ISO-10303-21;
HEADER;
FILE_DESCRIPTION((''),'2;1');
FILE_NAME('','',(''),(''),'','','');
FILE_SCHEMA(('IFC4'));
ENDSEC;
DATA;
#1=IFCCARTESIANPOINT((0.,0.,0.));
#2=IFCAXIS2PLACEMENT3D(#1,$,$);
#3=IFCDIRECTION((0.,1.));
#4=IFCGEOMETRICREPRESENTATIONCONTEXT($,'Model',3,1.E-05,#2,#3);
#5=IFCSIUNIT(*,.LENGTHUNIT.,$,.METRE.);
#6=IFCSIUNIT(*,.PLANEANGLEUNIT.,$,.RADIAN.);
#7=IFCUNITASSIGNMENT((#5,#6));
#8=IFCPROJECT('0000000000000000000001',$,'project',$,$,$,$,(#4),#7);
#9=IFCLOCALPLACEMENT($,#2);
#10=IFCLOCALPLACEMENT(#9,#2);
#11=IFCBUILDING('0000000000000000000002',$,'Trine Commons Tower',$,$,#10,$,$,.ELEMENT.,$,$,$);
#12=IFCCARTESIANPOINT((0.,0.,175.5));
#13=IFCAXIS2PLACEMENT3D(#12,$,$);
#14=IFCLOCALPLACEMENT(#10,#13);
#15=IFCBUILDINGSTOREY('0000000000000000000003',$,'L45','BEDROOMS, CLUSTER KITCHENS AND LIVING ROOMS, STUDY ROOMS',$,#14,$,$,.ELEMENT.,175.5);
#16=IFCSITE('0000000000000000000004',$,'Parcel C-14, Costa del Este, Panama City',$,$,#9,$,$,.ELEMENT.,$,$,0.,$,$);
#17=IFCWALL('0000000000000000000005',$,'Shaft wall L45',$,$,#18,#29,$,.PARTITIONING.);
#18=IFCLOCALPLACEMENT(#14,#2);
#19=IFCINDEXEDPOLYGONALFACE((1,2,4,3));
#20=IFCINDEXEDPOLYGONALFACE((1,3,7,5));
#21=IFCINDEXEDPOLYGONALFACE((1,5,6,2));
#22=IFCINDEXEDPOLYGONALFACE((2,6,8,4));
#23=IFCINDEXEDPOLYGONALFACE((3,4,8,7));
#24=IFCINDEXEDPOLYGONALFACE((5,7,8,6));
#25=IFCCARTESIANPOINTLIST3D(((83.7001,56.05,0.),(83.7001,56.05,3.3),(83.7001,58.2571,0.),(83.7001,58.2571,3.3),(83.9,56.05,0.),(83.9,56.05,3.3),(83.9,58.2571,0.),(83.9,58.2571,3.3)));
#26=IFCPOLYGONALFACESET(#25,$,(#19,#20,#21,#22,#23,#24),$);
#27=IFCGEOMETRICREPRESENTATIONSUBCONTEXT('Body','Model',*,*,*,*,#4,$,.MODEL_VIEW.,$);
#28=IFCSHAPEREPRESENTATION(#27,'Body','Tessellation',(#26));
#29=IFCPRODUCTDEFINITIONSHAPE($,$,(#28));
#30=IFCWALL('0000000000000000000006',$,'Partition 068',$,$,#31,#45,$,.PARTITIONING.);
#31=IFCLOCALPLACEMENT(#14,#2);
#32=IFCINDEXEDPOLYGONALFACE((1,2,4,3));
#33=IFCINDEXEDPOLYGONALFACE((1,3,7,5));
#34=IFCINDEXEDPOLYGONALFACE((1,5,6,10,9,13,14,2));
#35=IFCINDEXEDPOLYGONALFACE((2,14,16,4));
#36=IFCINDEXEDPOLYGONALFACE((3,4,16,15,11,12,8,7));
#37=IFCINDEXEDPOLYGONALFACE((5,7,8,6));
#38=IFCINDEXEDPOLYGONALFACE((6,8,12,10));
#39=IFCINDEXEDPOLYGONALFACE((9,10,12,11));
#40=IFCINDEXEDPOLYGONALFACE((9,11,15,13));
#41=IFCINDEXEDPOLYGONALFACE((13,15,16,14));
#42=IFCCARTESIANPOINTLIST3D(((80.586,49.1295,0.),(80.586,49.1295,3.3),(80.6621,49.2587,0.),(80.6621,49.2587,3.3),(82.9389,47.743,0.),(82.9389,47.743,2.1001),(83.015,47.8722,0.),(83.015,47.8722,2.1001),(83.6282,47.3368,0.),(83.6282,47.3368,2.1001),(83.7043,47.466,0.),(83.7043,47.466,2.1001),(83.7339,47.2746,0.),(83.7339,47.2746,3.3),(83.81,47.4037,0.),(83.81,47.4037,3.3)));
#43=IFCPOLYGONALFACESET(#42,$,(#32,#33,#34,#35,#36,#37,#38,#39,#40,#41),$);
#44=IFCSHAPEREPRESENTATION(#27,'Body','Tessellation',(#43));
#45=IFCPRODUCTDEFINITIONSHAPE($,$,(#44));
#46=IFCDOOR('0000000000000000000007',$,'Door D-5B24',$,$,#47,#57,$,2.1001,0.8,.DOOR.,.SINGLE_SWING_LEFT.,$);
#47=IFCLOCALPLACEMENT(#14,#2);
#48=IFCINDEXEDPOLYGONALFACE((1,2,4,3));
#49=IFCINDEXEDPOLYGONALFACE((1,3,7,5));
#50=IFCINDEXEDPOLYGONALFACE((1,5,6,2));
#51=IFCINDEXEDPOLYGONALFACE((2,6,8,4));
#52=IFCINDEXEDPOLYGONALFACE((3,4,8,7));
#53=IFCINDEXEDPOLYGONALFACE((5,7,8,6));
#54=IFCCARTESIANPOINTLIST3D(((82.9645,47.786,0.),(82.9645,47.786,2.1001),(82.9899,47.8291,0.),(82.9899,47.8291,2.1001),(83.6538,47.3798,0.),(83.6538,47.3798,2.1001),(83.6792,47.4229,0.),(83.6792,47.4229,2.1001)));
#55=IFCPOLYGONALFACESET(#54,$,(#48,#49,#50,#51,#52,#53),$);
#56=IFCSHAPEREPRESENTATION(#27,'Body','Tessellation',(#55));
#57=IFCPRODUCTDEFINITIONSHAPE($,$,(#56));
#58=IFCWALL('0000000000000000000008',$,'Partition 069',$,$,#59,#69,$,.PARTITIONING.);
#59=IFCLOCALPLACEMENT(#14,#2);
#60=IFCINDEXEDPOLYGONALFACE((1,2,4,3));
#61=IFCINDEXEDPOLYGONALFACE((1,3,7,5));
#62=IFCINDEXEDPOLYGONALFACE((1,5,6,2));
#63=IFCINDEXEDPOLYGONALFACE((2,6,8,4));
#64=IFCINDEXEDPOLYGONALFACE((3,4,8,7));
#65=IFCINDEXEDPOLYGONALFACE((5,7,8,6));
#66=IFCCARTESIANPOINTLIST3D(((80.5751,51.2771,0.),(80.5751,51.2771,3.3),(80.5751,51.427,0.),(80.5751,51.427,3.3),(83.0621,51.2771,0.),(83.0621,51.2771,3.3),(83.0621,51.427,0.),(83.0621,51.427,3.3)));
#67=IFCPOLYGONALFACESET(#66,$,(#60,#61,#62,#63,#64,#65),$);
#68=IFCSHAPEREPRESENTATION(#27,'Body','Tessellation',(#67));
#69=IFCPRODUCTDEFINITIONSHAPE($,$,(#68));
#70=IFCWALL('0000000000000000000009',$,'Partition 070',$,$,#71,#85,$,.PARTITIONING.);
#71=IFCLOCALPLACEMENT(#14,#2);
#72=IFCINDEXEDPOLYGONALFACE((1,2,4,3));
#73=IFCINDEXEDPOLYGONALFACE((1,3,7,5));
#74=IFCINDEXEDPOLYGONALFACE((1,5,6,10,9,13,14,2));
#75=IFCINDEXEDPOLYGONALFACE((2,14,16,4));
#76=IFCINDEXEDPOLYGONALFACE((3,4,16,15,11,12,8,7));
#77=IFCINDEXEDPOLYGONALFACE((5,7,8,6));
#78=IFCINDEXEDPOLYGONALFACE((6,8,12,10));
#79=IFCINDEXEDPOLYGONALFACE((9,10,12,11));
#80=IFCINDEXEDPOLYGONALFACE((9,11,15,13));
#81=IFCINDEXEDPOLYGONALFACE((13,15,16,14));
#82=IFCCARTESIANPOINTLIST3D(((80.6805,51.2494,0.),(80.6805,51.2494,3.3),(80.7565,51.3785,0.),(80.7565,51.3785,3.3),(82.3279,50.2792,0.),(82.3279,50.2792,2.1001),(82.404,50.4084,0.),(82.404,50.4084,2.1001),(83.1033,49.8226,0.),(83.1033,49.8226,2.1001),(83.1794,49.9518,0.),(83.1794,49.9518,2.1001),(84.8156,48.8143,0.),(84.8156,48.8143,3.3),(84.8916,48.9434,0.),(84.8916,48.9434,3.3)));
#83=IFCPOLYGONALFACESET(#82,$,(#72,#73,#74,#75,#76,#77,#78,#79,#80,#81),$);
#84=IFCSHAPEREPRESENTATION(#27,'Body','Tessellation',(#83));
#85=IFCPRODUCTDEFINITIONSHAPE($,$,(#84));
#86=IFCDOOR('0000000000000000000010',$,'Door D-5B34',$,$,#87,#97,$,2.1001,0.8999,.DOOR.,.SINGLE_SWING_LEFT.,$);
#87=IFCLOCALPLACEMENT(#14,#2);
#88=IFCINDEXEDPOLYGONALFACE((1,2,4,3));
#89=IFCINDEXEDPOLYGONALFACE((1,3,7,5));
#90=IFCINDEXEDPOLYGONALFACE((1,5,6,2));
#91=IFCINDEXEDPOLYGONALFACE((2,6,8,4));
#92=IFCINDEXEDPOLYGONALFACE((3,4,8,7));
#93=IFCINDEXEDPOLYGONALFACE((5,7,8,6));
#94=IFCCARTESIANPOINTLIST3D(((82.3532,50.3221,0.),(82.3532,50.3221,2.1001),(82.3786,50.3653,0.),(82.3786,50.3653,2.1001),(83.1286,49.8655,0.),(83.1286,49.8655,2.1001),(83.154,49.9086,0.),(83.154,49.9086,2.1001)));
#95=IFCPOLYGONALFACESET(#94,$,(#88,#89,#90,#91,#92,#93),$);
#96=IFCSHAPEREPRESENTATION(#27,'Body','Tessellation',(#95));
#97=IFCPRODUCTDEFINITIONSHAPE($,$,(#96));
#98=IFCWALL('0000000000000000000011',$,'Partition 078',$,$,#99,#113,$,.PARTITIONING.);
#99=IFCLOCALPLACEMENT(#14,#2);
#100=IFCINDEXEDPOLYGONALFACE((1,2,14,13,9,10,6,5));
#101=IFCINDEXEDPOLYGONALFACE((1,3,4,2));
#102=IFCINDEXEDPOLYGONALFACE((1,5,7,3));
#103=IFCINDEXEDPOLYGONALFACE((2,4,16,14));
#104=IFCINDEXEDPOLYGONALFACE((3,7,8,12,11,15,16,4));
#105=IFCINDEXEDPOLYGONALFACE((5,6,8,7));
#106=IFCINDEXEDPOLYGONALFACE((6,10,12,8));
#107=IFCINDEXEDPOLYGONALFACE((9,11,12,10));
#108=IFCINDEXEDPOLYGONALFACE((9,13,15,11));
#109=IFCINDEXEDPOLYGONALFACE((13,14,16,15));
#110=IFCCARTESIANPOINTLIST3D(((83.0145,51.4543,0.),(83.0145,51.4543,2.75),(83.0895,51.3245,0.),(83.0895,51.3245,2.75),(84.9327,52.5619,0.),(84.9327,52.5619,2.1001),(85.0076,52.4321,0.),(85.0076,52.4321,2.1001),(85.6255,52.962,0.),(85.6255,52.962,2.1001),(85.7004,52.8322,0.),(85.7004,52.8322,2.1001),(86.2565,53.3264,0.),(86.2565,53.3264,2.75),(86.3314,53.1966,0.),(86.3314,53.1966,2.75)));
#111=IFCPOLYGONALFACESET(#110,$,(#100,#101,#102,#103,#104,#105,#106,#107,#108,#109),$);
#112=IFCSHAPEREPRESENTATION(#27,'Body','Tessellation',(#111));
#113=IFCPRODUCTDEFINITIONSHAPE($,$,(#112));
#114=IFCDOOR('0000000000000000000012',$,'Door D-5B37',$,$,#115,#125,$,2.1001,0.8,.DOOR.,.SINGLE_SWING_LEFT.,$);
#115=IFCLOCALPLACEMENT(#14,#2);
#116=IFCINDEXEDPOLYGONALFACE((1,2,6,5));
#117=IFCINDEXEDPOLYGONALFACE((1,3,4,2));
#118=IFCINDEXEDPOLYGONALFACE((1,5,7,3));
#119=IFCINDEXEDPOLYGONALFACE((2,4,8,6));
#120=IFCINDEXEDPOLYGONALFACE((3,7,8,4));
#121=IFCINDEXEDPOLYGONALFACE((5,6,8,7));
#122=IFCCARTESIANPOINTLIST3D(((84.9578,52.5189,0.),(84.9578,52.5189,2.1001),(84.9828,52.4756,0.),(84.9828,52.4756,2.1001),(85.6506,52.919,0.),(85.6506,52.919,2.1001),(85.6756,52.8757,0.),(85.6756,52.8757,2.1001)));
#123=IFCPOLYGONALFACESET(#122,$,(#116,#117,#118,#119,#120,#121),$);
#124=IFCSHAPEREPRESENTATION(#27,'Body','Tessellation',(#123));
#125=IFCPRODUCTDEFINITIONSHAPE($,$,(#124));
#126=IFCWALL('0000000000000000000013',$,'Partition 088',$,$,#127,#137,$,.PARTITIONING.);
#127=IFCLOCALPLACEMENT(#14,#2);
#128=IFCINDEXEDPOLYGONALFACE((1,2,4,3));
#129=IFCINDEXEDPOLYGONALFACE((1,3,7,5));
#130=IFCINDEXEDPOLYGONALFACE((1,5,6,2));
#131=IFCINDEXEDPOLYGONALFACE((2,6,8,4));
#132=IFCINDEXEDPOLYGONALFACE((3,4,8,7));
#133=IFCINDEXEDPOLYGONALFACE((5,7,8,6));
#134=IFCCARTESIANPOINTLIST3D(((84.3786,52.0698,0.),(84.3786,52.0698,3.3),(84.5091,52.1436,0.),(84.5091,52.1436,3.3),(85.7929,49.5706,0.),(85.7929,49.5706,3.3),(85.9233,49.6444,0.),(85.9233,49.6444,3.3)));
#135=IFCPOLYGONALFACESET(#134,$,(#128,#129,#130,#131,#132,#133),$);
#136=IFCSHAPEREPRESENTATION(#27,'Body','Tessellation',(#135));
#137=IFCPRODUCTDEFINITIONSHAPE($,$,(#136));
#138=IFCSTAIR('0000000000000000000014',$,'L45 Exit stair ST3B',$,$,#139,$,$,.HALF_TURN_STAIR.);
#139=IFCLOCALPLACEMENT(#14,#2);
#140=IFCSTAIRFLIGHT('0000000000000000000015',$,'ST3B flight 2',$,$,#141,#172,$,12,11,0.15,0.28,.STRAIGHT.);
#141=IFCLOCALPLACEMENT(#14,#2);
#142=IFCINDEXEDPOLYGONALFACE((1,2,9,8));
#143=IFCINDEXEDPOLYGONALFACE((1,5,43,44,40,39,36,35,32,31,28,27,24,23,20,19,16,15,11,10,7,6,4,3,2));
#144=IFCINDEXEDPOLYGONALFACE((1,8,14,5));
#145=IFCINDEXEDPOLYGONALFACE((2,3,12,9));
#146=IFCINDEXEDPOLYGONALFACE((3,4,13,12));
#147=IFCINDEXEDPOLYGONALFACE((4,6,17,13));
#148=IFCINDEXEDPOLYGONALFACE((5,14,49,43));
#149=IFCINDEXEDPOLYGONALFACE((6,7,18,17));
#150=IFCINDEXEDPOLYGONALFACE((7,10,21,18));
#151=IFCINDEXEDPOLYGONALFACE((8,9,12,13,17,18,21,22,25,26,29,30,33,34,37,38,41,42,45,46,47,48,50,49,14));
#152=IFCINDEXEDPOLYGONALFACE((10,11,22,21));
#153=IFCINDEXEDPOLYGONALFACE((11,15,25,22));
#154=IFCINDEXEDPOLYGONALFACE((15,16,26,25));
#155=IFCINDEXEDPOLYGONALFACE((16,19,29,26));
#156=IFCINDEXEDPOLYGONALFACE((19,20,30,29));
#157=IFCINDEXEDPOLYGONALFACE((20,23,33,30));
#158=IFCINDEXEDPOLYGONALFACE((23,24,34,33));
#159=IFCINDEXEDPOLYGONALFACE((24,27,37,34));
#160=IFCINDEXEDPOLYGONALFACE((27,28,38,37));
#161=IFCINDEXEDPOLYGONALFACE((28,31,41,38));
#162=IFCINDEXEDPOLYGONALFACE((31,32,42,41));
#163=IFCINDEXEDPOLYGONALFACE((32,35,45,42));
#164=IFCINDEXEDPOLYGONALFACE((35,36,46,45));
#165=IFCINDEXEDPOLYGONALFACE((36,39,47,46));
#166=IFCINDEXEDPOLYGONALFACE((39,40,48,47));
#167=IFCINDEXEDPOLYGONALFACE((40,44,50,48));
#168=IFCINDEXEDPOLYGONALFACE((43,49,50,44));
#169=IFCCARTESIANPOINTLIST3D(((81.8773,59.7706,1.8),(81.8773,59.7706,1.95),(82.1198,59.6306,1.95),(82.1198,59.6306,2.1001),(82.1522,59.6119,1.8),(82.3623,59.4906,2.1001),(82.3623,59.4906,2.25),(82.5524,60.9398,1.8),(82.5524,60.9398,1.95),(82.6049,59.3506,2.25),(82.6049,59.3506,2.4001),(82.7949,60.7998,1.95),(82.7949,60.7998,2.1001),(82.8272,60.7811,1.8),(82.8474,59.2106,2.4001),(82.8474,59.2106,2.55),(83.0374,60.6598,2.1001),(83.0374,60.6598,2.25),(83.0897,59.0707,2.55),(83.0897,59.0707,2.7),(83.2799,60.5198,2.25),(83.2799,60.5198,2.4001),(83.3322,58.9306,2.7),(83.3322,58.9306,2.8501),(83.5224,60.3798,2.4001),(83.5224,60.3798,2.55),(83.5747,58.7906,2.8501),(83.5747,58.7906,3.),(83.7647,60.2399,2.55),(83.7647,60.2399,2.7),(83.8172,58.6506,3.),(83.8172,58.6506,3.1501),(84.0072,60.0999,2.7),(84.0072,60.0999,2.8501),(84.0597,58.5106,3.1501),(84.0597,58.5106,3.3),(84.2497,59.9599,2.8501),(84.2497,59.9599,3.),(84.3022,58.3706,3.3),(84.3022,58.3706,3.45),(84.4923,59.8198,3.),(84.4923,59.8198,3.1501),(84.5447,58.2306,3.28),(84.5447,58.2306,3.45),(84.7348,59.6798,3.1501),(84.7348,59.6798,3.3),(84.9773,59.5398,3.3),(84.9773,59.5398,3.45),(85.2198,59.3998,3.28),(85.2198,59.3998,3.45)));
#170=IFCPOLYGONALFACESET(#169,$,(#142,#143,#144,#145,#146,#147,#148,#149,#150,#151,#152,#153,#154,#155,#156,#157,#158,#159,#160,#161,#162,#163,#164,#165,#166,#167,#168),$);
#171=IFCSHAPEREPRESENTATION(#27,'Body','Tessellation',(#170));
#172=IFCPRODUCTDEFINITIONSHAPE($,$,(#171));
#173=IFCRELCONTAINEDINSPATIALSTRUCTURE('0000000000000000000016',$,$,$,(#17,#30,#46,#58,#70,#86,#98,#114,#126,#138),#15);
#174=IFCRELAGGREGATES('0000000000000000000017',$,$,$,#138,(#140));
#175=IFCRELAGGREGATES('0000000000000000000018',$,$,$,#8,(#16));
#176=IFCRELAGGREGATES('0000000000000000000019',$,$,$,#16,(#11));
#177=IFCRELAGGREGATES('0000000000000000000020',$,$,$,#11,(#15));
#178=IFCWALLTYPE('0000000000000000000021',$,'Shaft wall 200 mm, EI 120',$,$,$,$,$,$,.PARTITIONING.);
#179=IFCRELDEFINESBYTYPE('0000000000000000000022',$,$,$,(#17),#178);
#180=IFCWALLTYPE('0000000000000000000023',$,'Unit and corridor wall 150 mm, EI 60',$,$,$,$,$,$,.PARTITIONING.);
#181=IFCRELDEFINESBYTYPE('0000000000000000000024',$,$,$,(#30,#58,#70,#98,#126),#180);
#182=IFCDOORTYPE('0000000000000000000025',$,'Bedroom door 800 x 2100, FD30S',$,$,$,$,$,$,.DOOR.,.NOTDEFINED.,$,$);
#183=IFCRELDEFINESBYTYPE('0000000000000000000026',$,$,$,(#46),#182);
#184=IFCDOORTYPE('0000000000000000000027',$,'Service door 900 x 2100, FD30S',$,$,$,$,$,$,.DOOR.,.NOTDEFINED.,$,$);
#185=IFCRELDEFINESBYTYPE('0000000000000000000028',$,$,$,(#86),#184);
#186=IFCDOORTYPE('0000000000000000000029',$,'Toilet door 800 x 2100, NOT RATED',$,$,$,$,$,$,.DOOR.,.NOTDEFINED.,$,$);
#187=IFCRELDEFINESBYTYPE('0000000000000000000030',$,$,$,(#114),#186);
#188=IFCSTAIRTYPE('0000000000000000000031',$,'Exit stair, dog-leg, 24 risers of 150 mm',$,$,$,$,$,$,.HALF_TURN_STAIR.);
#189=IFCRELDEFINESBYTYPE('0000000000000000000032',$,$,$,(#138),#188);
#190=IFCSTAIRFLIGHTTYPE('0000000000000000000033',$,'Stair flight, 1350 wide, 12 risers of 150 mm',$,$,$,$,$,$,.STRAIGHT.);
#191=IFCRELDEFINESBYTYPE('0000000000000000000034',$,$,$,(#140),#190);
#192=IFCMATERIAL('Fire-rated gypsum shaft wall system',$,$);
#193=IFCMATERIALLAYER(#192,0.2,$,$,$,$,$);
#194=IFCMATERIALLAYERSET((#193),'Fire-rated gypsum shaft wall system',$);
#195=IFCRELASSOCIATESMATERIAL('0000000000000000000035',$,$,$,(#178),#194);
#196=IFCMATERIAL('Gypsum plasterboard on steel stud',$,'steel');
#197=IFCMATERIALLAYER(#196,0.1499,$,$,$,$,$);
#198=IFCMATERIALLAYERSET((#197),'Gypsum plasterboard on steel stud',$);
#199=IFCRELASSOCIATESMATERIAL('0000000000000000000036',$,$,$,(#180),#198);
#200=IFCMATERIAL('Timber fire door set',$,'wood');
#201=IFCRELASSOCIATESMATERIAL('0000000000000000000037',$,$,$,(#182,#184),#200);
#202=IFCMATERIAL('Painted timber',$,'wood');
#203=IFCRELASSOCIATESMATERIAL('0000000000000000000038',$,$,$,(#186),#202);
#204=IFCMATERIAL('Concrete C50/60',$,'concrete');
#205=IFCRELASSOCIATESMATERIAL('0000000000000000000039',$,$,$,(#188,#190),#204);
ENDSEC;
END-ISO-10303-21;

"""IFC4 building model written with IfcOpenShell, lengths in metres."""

from ifc_helpers import new_model, si_unit, direction, frame, frame_2d, origin, place, context, subcontext, project, spatial, polyline, rectangle, outline, extrude, material, layer, layer_set, type_object, element, fill, aggregate, save


model = new_model("IFC4")

# Units and contexts
model_context = context("Model", 3, precision=1e-05, world=origin(), true_north=direction((0.0, 1.0)))
body_context = subcontext(model_context, "Body", "Model", "MODEL_VIEW")
ifc_project = project(units=[si_unit("LENGTHUNIT", "METRE"), si_unit("PLANEANGLEUNIT", "RADIAN")], contexts=[model_context])

# Site, building, storey
site_placement = place(None, origin())
site = spatial("IfcSite", under=ifc_project, at=site_placement, Name="Parcel C-14, Costa del Este, Panama City", CompositionType="ELEMENT", RefElevation=0.0)
building_placement = place(site_placement, origin())
building = spatial("IfcBuilding", under=site, at=building_placement, Name="Trine Commons Tower", CompositionType="ELEMENT")
storey_placement = place(building_placement, frame((0.0, 0.0, 175.5)))
storey = spatial("IfcBuildingStorey", under=building, at=storey_placement, Name="L45", Description="BEDROOMS, CLUSTER KITCHENS AND LIVING ROOMS, STUDY ROOMS", CompositionType="ELEMENT", Elevation=175.5)

# Wall
ifc_material_1 = material(Name="Fire-rated gypsum shaft wall system")
ifc_layer_1 = layer(ifc_material_1, 0.2)
ifc_layer_set_1 = layer_set([ifc_layer_1], Name="Fire-rated gypsum shaft wall system")
wall_type_1 = type_object("IfcWallType", Name="Shaft wall 200 mm, EI 120", PredefinedType="PARTITIONING", material=ifc_layer_set_1)
wall_1_placement = place(storey_placement, frame((83.8, 58.2571, 0.0), z_axis=(0.0, 0.0, 1.0), x_axis=(0.0, -1.0, 0.0)))
element("IfcWall", 1, at=wall_1_placement, inside=storey, type_object=wall_type_1, Name="Shaft wall L45", PredefinedType="PARTITIONING", context=body_context, shape_type="SweptSolid", body=[
    extrude(rectangle(XDim=2.207, YDim=0.2, at=frame_2d((1.1035, 0.0))), origin(), (0.0, 0.0, 1.0), 3.3),
])

# Wall, opening, door
ifc_material_2 = material(Name="Gypsum plasterboard on steel stud", Category="steel")
ifc_layer_2 = layer(ifc_material_2, 0.1499)
ifc_layer_set_2 = layer_set([ifc_layer_2], Name="Gypsum plasterboard on steel stud")
wall_type_2 = type_object("IfcWallType", Name="Unit and corridor wall 150 mm, EI 60", PredefinedType="PARTITIONING", material=ifc_layer_set_2)
wall_2_placement = place(storey_placement, frame((80.624, 49.1941, 0.0), z_axis=(0.0, 0.0, 1.0), x_axis=(0.861546, -0.50768, 0.0)))
wall_2 = element("IfcWall", 2, at=wall_2_placement, inside=storey, type_object=wall_type_2, Name="Partition 068", PredefinedType="PARTITIONING", context=body_context, shape_type="SweptSolid", body=[
    extrude(rectangle(XDim=3.6538, YDim=0.1499, at=frame_2d((1.8269, 0.0))), origin(), (0.0, 0.0, 1.0), 3.3),
])
opening_1_placement = place(wall_2_placement, frame((2.7312, 0.0, 0.0)))
opening_1 = element("IfcOpeningElement", 3, at=opening_1_placement, cuts=wall_2, PredefinedType="OPENING", context=body_context, shape_type="SweptSolid", body=[
    extrude(rectangle(XDim=0.8, YDim=2.1001, at=frame_2d((0.3999, 1.05))), frame((0.0, 0.085, 0.0), z_axis=(0.0, -1.0, 0.0), x_axis=(1.0, 0.0, 0.0)), (0.0, 0.0, 1.0), 0.1699),
])
ifc_material_3 = material(Name="Timber fire door set", Category="wood")
door_type_1 = type_object("IfcDoorType", Name="Bedroom door 800 x 2100, FD30S", OperationType="NOTDEFINED", PredefinedType="DOOR", material=ifc_material_3)
door_1_placement = place(opening_1_placement, frame((0.8, 0.0, 0.0), z_axis=(0.0, 0.0, 1.0), x_axis=(-1.0, 0.0, 0.0)))
door_1 = element("IfcDoor", 4, at=door_1_placement, inside=storey, type_object=door_type_1, Name="Door D-5B24", OperationType="SINGLE_SWING_LEFT", OverallHeight=2.1001, OverallWidth=0.8, PredefinedType="DOOR", context=body_context, shape_type="SweptSolid", body=[
    extrude(rectangle(XDim=0.8, YDim=2.1001, at=frame_2d((0.3999, 1.05))), frame((0.0, 0.0249, 0.0), z_axis=(0.0, -1.0, 0.0), x_axis=(1.0, 0.0, 0.0)), (0.0, 0.0, 1.0), 0.05),
])
fill(opening_1, door_1)

# Wall
wall_3_placement = place(storey_placement, frame((80.575, 51.3521, 0.0), z_axis=(0.0, 0.0, 1.0), x_axis=(1.0, 0.0, 0.0)))
element("IfcWall", 5, at=wall_3_placement, inside=storey, type_object=wall_type_2, Name="Partition 069", PredefinedType="PARTITIONING", context=body_context, shape_type="SweptSolid", body=[
    extrude(rectangle(XDim=2.4871, YDim=0.1499, at=frame_2d((1.2437, 0.0))), origin(), (0.0, 0.0, 1.0), 3.3),
])

# Walls, openings, doors
wall_4_placement = place(storey_placement, frame((80.7185, 51.314, 0.0), z_axis=(0.0, 0.0, 1.0), x_axis=(0.861688, -0.507438, 0.0)))
wall_4 = element("IfcWall", 6, at=wall_4_placement, inside=storey, type_object=wall_type_2, Name="Partition 070", PredefinedType="PARTITIONING", context=body_context, shape_type="SweptSolid", body=[
    extrude(rectangle(XDim=4.7988, YDim=0.1499, at=frame_2d((2.3994, 0.0))), origin(), (0.0, 0.0, 1.0), 3.3),
])
opening_2_placement = place(wall_4_placement, frame((1.9119, 0.0, 0.0)))
opening_2 = element("IfcOpeningElement", 7, at=opening_2_placement, cuts=wall_4, PredefinedType="OPENING", context=body_context, shape_type="SweptSolid", body=[
    extrude(rectangle(XDim=0.8999, YDim=2.1001, at=frame_2d((0.45, 1.05))), frame((0.0, 0.085, 0.0), z_axis=(0.0, -1.0, 0.0), x_axis=(1.0, 0.0, 0.0)), (0.0, 0.0, 1.0), 0.1699),
])
door_type_2 = type_object("IfcDoorType", Name="Service door 900 x 2100, FD30S", OperationType="NOTDEFINED", PredefinedType="DOOR", material=ifc_material_3)
door_2_placement = place(opening_2_placement, origin())
door_2 = element("IfcDoor", 8, at=door_2_placement, inside=storey, type_object=door_type_2, Name="Door D-5B34", OperationType="SINGLE_SWING_LEFT", OverallHeight=2.1001, OverallWidth=0.8999, PredefinedType="DOOR", context=body_context, shape_type="SweptSolid", body=[
    extrude(rectangle(XDim=0.8999, YDim=2.1001, at=frame_2d((0.45, 1.05))), frame((0.0, 0.0249, 0.0), z_axis=(0.0, -1.0, 0.0), x_axis=(1.0, 0.0, 0.0)), (0.0, 0.0, 1.0), 0.05),
])
fill(opening_2, door_2)
wall_5_placement = place(storey_placement, frame((83.052, 51.3894, 0.0), z_axis=(0.0, 0.0, 1.0), x_axis=(0.865987, 0.500067, 0.0)))
wall_5 = element("IfcWall", 9, at=wall_5_placement, inside=storey, type_object=wall_type_2, Name="Partition 078", PredefinedType="PARTITIONING", context=body_context, shape_type="SweptSolid", body=[
    extrude(rectangle(XDim=3.7437, YDim=0.1499, at=frame_2d((1.8718, 0.0))), origin(), (0.0, 0.0, 1.0), 2.75),
])
opening_3_placement = place(wall_5_placement, frame((2.2151, 0.0, 0.0)))
opening_3 = element("IfcOpeningElement", 10, at=opening_3_placement, cuts=wall_5, PredefinedType="OPENING", context=body_context, shape_type="SweptSolid", body=[
    extrude(rectangle(XDim=0.8, YDim=2.1001, at=frame_2d((0.3999, 1.05))), frame((0.0, 0.085, 0.0), z_axis=(0.0, -1.0, 0.0), x_axis=(1.0, 0.0, 0.0)), (0.0, 0.0, 1.0), 0.1699),
])
ifc_material_4 = material(Name="Painted timber", Category="wood")
door_type_3 = type_object("IfcDoorType", Name="Toilet door 800 x 2100, NOT RATED", OperationType="NOTDEFINED", PredefinedType="DOOR", material=ifc_material_4)
door_3_placement = place(opening_3_placement, frame((0.8, 0.0, 0.0), z_axis=(0.0, 0.0, 1.0), x_axis=(-1.0, 0.0, 0.0)))
door_3 = element("IfcDoor", 11, at=door_3_placement, inside=storey, type_object=door_type_3, Name="Door D-5B37", OperationType="SINGLE_SWING_LEFT", OverallHeight=2.1001, OverallWidth=0.8, PredefinedType="DOOR", context=body_context, shape_type="SweptSolid", body=[
    extrude(rectangle(XDim=0.8, YDim=2.1001, at=frame_2d((0.3999, 1.05))), frame((0.0, 0.0249, 0.0), z_axis=(0.0, -1.0, 0.0), x_axis=(1.0, 0.0, 0.0)), (0.0, 0.0, 1.0), 0.05),
])
fill(opening_3, door_3)

# Wall
wall_6_placement = place(storey_placement, frame((84.4438, 52.1067, 0.0), z_axis=(0.0, 0.0, 1.0), x_axis=(0.4925, -0.870313, 0.0)))
element("IfcWall", 12, at=wall_6_placement, inside=storey, type_object=wall_type_2, Name="Partition 088", PredefinedType="PARTITIONING", context=body_context, shape_type="SweptSolid", body=[
    extrude(rectangle(XDim=2.8716, YDim=0.1499, at=frame_2d((1.4358, 0.0))), origin(), (0.0, 0.0, 1.0), 3.3),
])

# Stair, stair flight
ifc_material_5 = material(Name="Concrete C50/60", Category="concrete")
stair_type = type_object("IfcStairType", Name="Exit stair, dog-leg, 24 risers of 150 mm", PredefinedType="HALF_TURN_STAIR", material=ifc_material_5)
stair_placement = place(storey_placement, origin())
stair = element("IfcStair", 13, at=stair_placement, inside=storey, type_object=stair_type, Name="L45 Exit stair ST3B", PredefinedType="HALF_TURN_STAIR")
stair_flight_type = type_object("IfcStairFlightType", Name="Stair flight, 1350 wide, 12 risers of 150 mm", PredefinedType="STRAIGHT", material=ifc_material_5)
stair_flight_placement = place(storey_placement, frame((82.2148, 60.3552, 1.8), z_axis=(0.0, 0.0, 1.0), x_axis=(0.866025, -0.5, 0.0)))
stair_flight = element("IfcStairFlight", 14, at=stair_flight_placement, type_object=stair_flight_type, Name="ST3B flight 2", NumberOfRisers=12, NumberOfTreads=11, PredefinedType="STRAIGHT", RiserHeight=0.15, TreadLength=0.28, context=body_context, shape_type="SweptSolid", body=[
    extrude(outline(polyline([(0.0, 0.0), (0.0, 0.1499), (0.28, 0.1499), (0.28, 0.3), (0.5601, 0.3), (0.5601, 0.45), (0.8401, 0.45), (0.8401, 0.6001), (1.1201, 0.6001), (1.1201, 0.75), (1.3999, 0.75), (1.3999, 0.8999), (1.6799, 0.8999), (1.6799, 1.05), (1.96, 1.05), (1.96, 1.2), (2.24, 1.2), (2.24, 1.3501), (2.52, 1.3501), (2.52, 1.5), (2.8, 1.5), (2.8, 1.6499), (3.0801, 1.6499), (3.0801, 1.8), (3.0801, 1.48), (0.3174, 0.0), (0.0, 0.0)])), frame((0.0, 0.675, 0.0), z_axis=(0.0, -1.0, 0.0), x_axis=(1.0, 0.0, 0.0)), (0.0, 0.0, 1.0), 1.3501),
])
aggregate(stair, [stair_flight])

save(model, "model.ifc")
